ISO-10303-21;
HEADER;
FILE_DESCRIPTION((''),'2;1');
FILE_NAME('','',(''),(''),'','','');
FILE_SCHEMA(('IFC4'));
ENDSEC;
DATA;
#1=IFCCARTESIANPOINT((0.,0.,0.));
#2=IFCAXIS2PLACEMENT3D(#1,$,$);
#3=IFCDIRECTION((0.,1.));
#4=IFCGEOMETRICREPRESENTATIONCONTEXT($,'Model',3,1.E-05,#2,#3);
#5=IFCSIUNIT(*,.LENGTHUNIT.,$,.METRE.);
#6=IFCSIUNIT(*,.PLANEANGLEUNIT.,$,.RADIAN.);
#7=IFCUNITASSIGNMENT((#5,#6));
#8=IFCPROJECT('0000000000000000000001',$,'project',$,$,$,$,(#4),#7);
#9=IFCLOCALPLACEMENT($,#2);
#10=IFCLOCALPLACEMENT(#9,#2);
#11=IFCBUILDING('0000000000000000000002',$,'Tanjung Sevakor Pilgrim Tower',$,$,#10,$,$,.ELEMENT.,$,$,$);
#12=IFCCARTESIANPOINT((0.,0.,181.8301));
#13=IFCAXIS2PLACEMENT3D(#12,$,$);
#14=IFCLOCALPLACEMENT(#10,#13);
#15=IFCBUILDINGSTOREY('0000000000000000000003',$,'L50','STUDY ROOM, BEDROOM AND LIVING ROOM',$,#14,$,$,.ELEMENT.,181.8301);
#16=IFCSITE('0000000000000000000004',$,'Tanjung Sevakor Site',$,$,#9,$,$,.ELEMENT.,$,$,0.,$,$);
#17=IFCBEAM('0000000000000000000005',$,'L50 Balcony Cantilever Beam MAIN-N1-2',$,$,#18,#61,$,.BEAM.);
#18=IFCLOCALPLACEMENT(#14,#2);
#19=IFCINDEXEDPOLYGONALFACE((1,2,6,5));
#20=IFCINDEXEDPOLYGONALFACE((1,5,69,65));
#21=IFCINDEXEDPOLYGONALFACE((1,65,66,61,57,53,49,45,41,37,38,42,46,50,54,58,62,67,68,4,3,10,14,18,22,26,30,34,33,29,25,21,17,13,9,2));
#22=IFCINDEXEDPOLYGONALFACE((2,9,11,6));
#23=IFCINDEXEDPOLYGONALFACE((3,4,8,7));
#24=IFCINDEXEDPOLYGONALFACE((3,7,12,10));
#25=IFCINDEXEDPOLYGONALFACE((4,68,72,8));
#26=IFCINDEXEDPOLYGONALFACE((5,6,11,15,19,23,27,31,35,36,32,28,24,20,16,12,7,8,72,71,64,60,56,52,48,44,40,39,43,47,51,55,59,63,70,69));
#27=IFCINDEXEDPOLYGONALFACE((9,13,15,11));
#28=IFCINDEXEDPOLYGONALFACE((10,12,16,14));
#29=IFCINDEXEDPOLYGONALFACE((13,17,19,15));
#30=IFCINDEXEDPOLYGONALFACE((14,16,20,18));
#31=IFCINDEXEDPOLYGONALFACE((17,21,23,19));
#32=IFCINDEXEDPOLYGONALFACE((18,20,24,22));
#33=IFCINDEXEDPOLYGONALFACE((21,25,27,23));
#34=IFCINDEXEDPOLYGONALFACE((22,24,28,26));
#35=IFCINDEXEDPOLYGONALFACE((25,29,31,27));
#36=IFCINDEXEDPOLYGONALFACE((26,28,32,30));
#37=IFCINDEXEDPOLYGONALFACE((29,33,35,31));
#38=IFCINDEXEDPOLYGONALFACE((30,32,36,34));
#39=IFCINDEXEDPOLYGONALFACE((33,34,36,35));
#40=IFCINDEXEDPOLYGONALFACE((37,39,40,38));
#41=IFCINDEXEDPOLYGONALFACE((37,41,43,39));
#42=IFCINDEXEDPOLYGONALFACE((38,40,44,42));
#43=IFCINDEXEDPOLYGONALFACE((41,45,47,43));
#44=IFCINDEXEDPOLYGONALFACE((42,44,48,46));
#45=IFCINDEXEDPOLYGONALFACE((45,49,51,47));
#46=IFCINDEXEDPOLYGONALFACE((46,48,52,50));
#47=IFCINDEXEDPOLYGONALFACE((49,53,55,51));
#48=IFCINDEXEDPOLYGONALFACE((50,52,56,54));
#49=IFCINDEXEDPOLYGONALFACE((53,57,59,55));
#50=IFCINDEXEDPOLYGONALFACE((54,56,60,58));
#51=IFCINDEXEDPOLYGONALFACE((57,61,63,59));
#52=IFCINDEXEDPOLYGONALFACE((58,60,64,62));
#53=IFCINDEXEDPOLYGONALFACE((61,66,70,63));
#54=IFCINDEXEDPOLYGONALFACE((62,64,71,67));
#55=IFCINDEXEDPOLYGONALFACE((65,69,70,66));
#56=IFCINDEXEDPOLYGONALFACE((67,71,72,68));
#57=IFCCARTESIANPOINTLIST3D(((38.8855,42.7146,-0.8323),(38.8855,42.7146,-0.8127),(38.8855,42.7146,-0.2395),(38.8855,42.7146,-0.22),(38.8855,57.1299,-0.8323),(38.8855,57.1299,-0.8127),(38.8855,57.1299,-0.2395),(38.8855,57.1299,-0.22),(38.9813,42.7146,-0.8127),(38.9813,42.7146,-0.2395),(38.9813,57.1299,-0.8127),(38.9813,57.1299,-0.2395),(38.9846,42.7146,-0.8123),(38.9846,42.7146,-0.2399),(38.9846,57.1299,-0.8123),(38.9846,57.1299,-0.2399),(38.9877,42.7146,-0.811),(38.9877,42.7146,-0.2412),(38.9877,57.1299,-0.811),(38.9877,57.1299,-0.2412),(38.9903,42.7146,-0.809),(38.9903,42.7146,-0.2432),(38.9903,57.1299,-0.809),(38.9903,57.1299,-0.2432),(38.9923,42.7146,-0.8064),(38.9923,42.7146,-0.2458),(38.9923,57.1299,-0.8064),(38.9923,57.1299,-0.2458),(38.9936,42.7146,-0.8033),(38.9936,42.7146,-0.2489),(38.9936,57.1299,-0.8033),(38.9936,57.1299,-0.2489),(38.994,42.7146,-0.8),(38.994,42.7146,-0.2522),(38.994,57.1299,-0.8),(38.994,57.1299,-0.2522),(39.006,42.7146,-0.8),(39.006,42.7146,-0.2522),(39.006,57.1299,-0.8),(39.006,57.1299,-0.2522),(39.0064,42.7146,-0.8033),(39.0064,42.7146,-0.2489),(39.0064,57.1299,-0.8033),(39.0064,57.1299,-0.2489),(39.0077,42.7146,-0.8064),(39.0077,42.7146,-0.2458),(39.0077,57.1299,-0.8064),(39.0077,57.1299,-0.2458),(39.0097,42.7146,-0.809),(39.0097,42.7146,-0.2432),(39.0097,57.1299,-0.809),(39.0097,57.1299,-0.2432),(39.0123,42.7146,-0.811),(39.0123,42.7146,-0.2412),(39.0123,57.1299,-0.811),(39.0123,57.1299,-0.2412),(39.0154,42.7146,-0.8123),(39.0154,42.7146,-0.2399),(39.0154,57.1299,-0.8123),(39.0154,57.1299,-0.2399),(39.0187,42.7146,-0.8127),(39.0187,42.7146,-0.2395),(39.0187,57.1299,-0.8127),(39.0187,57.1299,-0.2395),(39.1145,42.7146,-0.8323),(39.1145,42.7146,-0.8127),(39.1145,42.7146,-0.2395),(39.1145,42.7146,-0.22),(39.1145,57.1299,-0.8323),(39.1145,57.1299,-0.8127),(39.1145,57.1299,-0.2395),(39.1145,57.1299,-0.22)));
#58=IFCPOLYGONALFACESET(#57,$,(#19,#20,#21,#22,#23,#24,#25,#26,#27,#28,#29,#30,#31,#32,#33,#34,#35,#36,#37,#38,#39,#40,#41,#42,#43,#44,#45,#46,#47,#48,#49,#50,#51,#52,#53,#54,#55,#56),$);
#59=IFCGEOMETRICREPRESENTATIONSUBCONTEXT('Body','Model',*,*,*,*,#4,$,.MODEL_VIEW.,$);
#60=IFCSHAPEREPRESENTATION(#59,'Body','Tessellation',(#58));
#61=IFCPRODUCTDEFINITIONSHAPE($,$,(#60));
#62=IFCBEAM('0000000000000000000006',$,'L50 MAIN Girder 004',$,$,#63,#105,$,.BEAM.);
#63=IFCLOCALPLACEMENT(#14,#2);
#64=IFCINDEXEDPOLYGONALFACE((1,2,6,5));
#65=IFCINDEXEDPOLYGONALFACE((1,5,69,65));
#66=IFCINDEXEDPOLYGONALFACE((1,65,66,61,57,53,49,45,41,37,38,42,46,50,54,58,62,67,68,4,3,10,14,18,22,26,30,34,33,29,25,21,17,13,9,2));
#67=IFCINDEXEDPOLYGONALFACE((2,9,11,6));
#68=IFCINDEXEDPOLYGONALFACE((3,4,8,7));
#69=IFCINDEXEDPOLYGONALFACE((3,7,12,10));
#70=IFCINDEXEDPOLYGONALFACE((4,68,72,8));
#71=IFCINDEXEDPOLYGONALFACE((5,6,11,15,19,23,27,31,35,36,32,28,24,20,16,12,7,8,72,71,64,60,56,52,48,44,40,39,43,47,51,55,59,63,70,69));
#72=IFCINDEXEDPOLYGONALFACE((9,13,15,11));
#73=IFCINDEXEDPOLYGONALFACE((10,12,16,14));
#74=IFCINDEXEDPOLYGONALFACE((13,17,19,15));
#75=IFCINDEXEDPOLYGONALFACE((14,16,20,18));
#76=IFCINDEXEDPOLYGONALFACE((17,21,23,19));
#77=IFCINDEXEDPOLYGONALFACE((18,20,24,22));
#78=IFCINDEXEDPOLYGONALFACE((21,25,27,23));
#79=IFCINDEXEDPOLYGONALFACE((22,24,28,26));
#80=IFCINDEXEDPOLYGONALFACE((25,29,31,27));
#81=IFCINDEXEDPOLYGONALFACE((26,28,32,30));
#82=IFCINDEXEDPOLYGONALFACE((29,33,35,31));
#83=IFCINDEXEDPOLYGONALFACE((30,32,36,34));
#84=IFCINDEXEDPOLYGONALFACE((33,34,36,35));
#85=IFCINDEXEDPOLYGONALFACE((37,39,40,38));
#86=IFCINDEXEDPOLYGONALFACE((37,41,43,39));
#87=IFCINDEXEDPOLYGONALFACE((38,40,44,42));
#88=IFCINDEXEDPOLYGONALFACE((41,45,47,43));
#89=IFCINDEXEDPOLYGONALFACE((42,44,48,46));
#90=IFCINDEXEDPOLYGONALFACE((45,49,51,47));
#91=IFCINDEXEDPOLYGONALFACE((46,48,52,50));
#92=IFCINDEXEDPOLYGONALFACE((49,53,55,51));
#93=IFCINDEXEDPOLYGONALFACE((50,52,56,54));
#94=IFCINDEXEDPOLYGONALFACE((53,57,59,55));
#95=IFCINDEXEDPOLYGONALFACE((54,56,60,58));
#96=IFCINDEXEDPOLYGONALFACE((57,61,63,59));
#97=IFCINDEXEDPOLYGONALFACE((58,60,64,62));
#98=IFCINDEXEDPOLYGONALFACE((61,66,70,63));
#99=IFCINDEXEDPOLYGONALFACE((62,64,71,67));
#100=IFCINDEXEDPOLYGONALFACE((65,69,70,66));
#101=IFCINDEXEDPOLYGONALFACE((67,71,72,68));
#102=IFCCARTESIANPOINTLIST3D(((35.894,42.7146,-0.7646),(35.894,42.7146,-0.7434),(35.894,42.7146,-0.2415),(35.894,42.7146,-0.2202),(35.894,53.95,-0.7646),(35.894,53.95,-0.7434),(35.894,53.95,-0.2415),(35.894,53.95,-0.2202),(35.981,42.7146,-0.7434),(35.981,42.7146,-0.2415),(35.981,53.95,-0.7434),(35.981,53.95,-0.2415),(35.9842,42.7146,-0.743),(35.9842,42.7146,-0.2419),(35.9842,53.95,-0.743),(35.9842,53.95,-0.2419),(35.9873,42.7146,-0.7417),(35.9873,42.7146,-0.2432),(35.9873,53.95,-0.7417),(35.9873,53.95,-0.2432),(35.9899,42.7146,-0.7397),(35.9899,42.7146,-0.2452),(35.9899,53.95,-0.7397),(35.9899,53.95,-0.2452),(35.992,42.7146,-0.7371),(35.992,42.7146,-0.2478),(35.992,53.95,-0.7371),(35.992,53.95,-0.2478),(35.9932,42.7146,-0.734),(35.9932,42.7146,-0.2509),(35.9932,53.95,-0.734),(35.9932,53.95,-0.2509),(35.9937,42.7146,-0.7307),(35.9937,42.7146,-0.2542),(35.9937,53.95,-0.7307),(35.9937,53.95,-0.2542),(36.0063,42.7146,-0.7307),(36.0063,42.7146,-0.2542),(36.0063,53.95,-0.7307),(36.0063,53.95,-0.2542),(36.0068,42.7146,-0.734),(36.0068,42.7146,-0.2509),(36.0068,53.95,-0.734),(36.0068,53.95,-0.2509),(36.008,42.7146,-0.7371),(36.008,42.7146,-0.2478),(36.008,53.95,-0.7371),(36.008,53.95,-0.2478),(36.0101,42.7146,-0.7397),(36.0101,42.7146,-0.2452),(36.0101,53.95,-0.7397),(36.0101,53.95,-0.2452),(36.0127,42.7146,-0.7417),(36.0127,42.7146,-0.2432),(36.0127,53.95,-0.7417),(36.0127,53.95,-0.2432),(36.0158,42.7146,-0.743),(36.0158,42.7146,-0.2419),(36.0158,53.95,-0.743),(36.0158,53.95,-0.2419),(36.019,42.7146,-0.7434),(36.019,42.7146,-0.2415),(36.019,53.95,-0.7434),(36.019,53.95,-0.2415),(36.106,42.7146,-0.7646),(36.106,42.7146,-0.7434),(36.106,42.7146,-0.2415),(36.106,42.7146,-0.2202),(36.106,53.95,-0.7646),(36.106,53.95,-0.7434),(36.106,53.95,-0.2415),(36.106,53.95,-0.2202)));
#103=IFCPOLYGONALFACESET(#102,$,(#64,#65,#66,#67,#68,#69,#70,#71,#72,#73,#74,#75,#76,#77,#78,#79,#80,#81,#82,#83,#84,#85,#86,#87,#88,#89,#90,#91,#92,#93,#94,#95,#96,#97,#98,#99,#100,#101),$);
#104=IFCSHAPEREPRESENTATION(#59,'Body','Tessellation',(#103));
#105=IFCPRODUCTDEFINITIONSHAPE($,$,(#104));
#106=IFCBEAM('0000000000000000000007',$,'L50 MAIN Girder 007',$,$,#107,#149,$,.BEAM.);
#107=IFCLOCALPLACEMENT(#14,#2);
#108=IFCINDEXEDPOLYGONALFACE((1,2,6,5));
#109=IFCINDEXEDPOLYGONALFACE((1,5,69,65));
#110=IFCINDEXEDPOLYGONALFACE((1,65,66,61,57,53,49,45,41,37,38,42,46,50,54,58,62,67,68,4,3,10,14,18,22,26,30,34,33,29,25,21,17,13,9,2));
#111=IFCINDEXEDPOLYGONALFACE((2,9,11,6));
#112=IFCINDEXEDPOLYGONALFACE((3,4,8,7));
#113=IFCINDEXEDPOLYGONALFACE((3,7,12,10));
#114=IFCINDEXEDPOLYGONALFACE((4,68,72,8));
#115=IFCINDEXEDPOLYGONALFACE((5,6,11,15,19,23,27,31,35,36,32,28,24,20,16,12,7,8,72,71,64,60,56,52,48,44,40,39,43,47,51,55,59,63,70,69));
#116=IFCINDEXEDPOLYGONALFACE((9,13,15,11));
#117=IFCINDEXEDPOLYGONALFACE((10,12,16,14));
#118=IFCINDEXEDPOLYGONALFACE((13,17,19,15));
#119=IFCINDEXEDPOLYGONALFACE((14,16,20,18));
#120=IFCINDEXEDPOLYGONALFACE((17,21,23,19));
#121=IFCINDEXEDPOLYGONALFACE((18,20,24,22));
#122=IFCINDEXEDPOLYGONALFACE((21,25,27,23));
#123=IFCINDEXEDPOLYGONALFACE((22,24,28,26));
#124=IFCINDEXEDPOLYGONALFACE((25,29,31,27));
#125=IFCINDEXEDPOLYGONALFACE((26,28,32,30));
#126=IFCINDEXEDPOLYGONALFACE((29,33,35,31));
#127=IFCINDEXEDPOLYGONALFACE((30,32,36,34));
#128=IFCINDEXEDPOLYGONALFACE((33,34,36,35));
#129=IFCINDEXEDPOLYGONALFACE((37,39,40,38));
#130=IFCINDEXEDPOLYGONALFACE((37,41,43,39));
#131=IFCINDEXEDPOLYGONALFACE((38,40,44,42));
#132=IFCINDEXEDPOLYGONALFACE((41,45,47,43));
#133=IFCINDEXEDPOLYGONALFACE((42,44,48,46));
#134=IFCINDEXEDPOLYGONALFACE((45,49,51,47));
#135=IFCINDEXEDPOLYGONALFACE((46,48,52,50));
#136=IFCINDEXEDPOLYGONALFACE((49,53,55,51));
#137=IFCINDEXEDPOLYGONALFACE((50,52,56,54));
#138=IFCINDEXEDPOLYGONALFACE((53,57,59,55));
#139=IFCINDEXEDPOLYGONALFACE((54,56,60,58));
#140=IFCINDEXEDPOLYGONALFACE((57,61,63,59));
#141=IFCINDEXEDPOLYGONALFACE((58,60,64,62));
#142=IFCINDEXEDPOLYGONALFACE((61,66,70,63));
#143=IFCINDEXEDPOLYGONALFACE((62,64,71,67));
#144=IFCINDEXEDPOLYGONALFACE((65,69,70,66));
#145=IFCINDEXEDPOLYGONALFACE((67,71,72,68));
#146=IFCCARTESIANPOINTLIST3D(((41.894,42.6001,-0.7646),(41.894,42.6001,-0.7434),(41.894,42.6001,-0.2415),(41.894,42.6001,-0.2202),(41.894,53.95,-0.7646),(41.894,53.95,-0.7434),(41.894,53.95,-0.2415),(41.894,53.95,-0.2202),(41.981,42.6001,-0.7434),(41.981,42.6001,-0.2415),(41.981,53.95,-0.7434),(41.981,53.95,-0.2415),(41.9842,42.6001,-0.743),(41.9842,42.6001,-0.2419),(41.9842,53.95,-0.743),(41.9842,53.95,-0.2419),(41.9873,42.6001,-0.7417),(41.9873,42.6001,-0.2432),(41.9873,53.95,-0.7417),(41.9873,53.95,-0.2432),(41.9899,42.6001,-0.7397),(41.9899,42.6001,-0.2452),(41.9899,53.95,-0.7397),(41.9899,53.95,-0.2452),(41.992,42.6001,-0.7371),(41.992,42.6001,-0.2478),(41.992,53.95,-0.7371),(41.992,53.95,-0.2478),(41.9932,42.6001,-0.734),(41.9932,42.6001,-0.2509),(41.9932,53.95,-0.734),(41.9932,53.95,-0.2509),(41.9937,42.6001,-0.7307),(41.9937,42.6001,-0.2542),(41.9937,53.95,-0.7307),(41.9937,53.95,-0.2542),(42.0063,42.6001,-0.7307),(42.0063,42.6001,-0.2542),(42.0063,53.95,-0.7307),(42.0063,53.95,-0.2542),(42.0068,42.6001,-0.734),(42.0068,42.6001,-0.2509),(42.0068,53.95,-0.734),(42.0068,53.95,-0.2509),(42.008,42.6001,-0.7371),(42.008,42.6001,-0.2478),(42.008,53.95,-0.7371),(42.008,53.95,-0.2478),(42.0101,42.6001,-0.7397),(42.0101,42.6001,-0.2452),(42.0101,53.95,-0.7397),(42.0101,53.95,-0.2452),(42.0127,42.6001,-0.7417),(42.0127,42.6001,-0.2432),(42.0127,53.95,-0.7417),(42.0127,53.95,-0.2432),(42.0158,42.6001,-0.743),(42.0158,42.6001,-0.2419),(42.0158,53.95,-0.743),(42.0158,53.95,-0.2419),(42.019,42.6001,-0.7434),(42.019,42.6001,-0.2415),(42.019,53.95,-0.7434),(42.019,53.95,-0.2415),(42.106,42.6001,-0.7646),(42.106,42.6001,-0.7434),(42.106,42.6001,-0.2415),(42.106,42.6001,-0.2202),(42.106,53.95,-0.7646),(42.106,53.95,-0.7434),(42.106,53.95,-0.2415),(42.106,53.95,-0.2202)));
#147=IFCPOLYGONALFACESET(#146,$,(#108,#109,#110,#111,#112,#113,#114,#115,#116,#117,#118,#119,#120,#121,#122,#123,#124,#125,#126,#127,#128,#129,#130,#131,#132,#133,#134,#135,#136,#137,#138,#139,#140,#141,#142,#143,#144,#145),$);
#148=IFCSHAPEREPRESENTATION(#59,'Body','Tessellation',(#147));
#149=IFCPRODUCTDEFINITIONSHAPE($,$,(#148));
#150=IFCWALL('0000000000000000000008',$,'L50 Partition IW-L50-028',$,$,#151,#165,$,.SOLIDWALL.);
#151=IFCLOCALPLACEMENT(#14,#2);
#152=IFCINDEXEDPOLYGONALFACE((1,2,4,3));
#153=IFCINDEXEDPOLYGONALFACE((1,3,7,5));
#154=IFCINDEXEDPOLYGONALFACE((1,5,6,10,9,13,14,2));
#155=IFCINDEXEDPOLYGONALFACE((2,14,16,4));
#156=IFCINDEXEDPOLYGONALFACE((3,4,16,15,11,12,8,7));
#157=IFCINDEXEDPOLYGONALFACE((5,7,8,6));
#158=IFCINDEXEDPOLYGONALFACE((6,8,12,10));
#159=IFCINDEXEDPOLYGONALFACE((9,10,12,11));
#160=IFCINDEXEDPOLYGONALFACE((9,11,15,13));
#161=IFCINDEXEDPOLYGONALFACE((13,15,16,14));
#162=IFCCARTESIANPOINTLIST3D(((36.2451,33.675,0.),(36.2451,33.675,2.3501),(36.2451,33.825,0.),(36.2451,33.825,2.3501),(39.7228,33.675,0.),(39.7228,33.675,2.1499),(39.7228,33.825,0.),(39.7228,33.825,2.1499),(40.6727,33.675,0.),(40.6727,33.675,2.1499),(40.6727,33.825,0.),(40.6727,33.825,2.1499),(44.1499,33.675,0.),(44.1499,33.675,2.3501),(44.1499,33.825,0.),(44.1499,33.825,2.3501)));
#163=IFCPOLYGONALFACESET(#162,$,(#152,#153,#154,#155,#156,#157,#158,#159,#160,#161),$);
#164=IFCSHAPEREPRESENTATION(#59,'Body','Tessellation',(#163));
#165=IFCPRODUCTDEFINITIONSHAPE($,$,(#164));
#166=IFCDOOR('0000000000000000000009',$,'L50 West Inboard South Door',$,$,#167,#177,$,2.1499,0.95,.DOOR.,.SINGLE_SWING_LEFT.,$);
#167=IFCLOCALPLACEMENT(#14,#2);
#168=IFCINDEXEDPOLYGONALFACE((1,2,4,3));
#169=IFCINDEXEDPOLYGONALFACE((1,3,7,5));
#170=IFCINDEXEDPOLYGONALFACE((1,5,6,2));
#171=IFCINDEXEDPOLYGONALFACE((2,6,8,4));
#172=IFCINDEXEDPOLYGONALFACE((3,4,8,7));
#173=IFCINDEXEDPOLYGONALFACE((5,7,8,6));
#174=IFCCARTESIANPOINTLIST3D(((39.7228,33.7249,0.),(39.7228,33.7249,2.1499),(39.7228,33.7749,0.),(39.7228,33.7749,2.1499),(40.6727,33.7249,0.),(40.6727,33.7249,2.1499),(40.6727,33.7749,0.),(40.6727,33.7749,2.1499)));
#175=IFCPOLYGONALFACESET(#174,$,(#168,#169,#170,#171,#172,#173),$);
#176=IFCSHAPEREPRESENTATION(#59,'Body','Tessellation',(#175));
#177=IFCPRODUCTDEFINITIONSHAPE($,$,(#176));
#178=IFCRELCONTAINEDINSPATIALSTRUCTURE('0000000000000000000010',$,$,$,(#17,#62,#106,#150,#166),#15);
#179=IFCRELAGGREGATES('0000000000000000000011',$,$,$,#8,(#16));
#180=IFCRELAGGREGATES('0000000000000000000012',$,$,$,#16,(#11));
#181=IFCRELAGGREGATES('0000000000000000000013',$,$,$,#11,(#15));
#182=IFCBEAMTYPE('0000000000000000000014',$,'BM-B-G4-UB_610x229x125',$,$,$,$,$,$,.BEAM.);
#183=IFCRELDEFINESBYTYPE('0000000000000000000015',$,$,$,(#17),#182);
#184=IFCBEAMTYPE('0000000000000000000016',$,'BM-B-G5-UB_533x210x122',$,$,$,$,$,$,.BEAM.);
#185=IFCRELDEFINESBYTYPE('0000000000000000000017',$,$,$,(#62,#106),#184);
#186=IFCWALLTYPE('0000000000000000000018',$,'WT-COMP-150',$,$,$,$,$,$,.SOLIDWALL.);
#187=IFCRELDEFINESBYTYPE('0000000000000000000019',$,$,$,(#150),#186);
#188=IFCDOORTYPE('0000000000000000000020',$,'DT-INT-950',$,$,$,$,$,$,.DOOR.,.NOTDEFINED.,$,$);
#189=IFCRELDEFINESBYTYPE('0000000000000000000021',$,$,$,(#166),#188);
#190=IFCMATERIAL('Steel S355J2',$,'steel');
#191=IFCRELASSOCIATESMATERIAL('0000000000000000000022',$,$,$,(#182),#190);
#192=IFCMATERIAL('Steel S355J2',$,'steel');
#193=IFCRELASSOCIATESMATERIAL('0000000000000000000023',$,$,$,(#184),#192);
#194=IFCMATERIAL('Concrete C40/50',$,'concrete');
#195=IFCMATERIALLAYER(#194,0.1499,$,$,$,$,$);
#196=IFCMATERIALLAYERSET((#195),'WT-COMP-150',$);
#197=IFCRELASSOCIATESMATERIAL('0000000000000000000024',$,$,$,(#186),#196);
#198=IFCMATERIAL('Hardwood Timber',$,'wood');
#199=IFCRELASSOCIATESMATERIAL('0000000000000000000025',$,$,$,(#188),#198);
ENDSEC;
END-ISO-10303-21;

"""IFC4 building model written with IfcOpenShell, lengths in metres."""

from ifc_helpers import new_model, si_unit, direction, frame, frame_2d, origin, origin_2d, place, context, subcontext, project, spatial, rectangle, i_section, extrude, material, layer, layer_set, material_profile, profile_set, type_object, element, fill, save


model = new_model("IFC4")

# Units and contexts
model_context = context("Model", 3, precision=1e-05, world=origin(), true_north=direction((0.0, 1.0)))
body_context = subcontext(model_context, "Body", "Model", "MODEL_VIEW")
ifc_project = project(units=[si_unit("LENGTHUNIT", "METRE"), si_unit("PLANEANGLEUNIT", "RADIAN")], contexts=[model_context])

# Site, building, storey
site_placement = place(None, origin())
site = spatial("IfcSite", under=ifc_project, at=site_placement, Name="Tanjung Sevakor Site", CompositionType="ELEMENT", RefElevation=0.0)
building_placement = place(site_placement, origin())
building = spatial("IfcBuilding", under=site, at=building_placement, Name="Tanjung Sevakor Pilgrim Tower", CompositionType="ELEMENT")
storey_placement = place(building_placement, frame((0.0, 0.0, 181.8301)))
storey = spatial("IfcBuildingStorey", under=building, at=storey_placement, Name="L50", Description="STUDY ROOM, BEDROOM AND LIVING ROOM", CompositionType="ELEMENT", Elevation=181.8301)

# Beams
ifc_material_1 = material(Name="Steel S355J2", Category="steel")
ifc_material_profile_1 = material_profile(ifc_material_1, i_section(OverallWidth=0.229, OverallDepth=0.6123, WebThickness=0.012, FlangeThickness=0.0195, FilletRadius=0.0127, at=origin_2d()))
ifc_profile_set_1 = profile_set([ifc_material_profile_1], Name="Steel S355J2")
beam_type_1 = type_object("IfcBeamType", Name="BM-B-G4-UB_610x229x125", PredefinedType="BEAM", material=ifc_profile_set_1)
beam_1_placement = place(storey_placement, frame((39.0, 42.7146, -0.5261), z_axis=(0.0, 1.0, 0.0), x_axis=(-1.0, 0.0, 0.0)))
element("IfcBeam", 1, at=beam_1_placement, inside=storey, type_object=beam_type_1, Name="L50 Balcony Cantilever Beam MAIN-N1-2", PredefinedType="BEAM", context=body_context, shape_type="SweptSolid", body=[
    extrude(i_section(OverallWidth=0.229, OverallDepth=0.6123, WebThickness=0.012, FlangeThickness=0.0195, FilletRadius=0.0127, at=origin_2d()), origin(), (0.0, 0.0, 1.0), 14.4153),
])
ifc_material_2 = material(Name="Steel S355J2", Category="steel")
ifc_material_profile_2 = material_profile(ifc_material_2, i_section(OverallWidth=0.2119, OverallDepth=0.5444, WebThickness=0.0127, FlangeThickness=0.0212, FilletRadius=0.0127, at=origin_2d()))
ifc_profile_set_2 = profile_set([ifc_material_profile_2], Name="Steel S355J2")
beam_type_2 = type_object("IfcBeamType", Name="BM-B-G5-UB_533x210x122", PredefinedType="BEAM", material=ifc_profile_set_2)
beam_2_placement = place(storey_placement, frame((36.0, 42.7146, -0.4924), z_axis=(0.0, 1.0, 0.0), x_axis=(-1.0, 0.0, 0.0)))
element("IfcBeam", 2, at=beam_2_placement, inside=storey, type_object=beam_type_2, Name="L50 MAIN Girder 004", PredefinedType="BEAM", context=body_context, shape_type="SweptSolid", body=[
    extrude(i_section(OverallWidth=0.2119, OverallDepth=0.5444, WebThickness=0.0127, FlangeThickness=0.0212, FilletRadius=0.0127, at=origin_2d()), origin(), (0.0, 0.0, 1.0), 11.2354),
])
beam_3_placement = place(storey_placement, frame((42.0, 42.6001, -0.4924), z_axis=(0.0, 1.0, 0.0), x_axis=(-1.0, 0.0, 0.0)))
element("IfcBeam", 3, at=beam_3_placement, inside=storey, type_object=beam_type_2, Name="L50 MAIN Girder 007", PredefinedType="BEAM", context=body_context, shape_type="SweptSolid", body=[
    extrude(i_section(OverallWidth=0.2119, OverallDepth=0.5444, WebThickness=0.0127, FlangeThickness=0.0212, FilletRadius=0.0127, at=origin_2d()), origin(), (0.0, 0.0, 1.0), 11.3499),
])

# Wall, opening, door
ifc_material_3 = material(Name="Concrete C40/50", Category="concrete")
ifc_layer = layer(ifc_material_3, 0.1499)
ifc_layer_set = layer_set([ifc_layer], Name="WT-COMP-150")
wall_type = type_object("IfcWallType", Name="WT-COMP-150", PredefinedType="SOLIDWALL", material=ifc_layer_set)
wall_1_placement = place(storey_placement, frame((36.2451, 33.75, 0.0), z_axis=(0.0, 0.0, 1.0), x_axis=(1.0, 0.0, 0.0)))
wall_1 = element("IfcWall", 4, at=wall_1_placement, inside=storey, type_object=wall_type, Name="L50 Partition IW-L50-028", PredefinedType="SOLIDWALL", context=body_context, shape_type="SweptSolid", body=[
    extrude(rectangle(XDim=7.9048, YDim=0.1499, at=frame_2d((3.9524, 0.0))), origin(), (0.0, 0.0, 1.0), 2.3501),
])
opening_1_placement = place(wall_1_placement, frame((3.4775, 0.0, 0.0)))
opening_1 = element("IfcOpeningElement", 5, at=opening_1_placement, cuts=wall_1, PredefinedType="OPENING", context=body_context, shape_type="SweptSolid", body=[
    extrude(rectangle(XDim=0.95, YDim=2.1499, at=frame_2d((0.4751, 1.075))), frame((0.0, 0.085, 0.0), z_axis=(0.0, -1.0, 0.0), x_axis=(1.0, 0.0, 0.0)), (0.0, 0.0, 1.0), 0.1699),
])
ifc_material_4 = material(Name="Hardwood Timber", Category="wood")
door_type = type_object("IfcDoorType", Name="DT-INT-950", OperationType="NOTDEFINED", PredefinedType="DOOR", material=ifc_material_4)
door_1_placement = place(opening_1_placement, origin())
door_1 = element("IfcDoor", 6, at=door_1_placement, inside=storey, type_object=door_type, Name="L50 West Inboard South Door", OperationType="SINGLE_SWING_LEFT", OverallHeight=2.1499, OverallWidth=0.95, PredefinedType="DOOR", context=body_context, shape_type="SweptSolid", body=[
    extrude(rectangle(XDim=0.95, YDim=2.1499, at=frame_2d((0.4751, 1.075))), frame((0.0, 0.0249, 0.0), z_axis=(0.0, -1.0, 0.0), x_axis=(1.0, 0.0, 0.0)), (0.0, 0.0, 1.0), 0.05),
])
fill(opening_1, door_1)

save(model, "model.ifc")
